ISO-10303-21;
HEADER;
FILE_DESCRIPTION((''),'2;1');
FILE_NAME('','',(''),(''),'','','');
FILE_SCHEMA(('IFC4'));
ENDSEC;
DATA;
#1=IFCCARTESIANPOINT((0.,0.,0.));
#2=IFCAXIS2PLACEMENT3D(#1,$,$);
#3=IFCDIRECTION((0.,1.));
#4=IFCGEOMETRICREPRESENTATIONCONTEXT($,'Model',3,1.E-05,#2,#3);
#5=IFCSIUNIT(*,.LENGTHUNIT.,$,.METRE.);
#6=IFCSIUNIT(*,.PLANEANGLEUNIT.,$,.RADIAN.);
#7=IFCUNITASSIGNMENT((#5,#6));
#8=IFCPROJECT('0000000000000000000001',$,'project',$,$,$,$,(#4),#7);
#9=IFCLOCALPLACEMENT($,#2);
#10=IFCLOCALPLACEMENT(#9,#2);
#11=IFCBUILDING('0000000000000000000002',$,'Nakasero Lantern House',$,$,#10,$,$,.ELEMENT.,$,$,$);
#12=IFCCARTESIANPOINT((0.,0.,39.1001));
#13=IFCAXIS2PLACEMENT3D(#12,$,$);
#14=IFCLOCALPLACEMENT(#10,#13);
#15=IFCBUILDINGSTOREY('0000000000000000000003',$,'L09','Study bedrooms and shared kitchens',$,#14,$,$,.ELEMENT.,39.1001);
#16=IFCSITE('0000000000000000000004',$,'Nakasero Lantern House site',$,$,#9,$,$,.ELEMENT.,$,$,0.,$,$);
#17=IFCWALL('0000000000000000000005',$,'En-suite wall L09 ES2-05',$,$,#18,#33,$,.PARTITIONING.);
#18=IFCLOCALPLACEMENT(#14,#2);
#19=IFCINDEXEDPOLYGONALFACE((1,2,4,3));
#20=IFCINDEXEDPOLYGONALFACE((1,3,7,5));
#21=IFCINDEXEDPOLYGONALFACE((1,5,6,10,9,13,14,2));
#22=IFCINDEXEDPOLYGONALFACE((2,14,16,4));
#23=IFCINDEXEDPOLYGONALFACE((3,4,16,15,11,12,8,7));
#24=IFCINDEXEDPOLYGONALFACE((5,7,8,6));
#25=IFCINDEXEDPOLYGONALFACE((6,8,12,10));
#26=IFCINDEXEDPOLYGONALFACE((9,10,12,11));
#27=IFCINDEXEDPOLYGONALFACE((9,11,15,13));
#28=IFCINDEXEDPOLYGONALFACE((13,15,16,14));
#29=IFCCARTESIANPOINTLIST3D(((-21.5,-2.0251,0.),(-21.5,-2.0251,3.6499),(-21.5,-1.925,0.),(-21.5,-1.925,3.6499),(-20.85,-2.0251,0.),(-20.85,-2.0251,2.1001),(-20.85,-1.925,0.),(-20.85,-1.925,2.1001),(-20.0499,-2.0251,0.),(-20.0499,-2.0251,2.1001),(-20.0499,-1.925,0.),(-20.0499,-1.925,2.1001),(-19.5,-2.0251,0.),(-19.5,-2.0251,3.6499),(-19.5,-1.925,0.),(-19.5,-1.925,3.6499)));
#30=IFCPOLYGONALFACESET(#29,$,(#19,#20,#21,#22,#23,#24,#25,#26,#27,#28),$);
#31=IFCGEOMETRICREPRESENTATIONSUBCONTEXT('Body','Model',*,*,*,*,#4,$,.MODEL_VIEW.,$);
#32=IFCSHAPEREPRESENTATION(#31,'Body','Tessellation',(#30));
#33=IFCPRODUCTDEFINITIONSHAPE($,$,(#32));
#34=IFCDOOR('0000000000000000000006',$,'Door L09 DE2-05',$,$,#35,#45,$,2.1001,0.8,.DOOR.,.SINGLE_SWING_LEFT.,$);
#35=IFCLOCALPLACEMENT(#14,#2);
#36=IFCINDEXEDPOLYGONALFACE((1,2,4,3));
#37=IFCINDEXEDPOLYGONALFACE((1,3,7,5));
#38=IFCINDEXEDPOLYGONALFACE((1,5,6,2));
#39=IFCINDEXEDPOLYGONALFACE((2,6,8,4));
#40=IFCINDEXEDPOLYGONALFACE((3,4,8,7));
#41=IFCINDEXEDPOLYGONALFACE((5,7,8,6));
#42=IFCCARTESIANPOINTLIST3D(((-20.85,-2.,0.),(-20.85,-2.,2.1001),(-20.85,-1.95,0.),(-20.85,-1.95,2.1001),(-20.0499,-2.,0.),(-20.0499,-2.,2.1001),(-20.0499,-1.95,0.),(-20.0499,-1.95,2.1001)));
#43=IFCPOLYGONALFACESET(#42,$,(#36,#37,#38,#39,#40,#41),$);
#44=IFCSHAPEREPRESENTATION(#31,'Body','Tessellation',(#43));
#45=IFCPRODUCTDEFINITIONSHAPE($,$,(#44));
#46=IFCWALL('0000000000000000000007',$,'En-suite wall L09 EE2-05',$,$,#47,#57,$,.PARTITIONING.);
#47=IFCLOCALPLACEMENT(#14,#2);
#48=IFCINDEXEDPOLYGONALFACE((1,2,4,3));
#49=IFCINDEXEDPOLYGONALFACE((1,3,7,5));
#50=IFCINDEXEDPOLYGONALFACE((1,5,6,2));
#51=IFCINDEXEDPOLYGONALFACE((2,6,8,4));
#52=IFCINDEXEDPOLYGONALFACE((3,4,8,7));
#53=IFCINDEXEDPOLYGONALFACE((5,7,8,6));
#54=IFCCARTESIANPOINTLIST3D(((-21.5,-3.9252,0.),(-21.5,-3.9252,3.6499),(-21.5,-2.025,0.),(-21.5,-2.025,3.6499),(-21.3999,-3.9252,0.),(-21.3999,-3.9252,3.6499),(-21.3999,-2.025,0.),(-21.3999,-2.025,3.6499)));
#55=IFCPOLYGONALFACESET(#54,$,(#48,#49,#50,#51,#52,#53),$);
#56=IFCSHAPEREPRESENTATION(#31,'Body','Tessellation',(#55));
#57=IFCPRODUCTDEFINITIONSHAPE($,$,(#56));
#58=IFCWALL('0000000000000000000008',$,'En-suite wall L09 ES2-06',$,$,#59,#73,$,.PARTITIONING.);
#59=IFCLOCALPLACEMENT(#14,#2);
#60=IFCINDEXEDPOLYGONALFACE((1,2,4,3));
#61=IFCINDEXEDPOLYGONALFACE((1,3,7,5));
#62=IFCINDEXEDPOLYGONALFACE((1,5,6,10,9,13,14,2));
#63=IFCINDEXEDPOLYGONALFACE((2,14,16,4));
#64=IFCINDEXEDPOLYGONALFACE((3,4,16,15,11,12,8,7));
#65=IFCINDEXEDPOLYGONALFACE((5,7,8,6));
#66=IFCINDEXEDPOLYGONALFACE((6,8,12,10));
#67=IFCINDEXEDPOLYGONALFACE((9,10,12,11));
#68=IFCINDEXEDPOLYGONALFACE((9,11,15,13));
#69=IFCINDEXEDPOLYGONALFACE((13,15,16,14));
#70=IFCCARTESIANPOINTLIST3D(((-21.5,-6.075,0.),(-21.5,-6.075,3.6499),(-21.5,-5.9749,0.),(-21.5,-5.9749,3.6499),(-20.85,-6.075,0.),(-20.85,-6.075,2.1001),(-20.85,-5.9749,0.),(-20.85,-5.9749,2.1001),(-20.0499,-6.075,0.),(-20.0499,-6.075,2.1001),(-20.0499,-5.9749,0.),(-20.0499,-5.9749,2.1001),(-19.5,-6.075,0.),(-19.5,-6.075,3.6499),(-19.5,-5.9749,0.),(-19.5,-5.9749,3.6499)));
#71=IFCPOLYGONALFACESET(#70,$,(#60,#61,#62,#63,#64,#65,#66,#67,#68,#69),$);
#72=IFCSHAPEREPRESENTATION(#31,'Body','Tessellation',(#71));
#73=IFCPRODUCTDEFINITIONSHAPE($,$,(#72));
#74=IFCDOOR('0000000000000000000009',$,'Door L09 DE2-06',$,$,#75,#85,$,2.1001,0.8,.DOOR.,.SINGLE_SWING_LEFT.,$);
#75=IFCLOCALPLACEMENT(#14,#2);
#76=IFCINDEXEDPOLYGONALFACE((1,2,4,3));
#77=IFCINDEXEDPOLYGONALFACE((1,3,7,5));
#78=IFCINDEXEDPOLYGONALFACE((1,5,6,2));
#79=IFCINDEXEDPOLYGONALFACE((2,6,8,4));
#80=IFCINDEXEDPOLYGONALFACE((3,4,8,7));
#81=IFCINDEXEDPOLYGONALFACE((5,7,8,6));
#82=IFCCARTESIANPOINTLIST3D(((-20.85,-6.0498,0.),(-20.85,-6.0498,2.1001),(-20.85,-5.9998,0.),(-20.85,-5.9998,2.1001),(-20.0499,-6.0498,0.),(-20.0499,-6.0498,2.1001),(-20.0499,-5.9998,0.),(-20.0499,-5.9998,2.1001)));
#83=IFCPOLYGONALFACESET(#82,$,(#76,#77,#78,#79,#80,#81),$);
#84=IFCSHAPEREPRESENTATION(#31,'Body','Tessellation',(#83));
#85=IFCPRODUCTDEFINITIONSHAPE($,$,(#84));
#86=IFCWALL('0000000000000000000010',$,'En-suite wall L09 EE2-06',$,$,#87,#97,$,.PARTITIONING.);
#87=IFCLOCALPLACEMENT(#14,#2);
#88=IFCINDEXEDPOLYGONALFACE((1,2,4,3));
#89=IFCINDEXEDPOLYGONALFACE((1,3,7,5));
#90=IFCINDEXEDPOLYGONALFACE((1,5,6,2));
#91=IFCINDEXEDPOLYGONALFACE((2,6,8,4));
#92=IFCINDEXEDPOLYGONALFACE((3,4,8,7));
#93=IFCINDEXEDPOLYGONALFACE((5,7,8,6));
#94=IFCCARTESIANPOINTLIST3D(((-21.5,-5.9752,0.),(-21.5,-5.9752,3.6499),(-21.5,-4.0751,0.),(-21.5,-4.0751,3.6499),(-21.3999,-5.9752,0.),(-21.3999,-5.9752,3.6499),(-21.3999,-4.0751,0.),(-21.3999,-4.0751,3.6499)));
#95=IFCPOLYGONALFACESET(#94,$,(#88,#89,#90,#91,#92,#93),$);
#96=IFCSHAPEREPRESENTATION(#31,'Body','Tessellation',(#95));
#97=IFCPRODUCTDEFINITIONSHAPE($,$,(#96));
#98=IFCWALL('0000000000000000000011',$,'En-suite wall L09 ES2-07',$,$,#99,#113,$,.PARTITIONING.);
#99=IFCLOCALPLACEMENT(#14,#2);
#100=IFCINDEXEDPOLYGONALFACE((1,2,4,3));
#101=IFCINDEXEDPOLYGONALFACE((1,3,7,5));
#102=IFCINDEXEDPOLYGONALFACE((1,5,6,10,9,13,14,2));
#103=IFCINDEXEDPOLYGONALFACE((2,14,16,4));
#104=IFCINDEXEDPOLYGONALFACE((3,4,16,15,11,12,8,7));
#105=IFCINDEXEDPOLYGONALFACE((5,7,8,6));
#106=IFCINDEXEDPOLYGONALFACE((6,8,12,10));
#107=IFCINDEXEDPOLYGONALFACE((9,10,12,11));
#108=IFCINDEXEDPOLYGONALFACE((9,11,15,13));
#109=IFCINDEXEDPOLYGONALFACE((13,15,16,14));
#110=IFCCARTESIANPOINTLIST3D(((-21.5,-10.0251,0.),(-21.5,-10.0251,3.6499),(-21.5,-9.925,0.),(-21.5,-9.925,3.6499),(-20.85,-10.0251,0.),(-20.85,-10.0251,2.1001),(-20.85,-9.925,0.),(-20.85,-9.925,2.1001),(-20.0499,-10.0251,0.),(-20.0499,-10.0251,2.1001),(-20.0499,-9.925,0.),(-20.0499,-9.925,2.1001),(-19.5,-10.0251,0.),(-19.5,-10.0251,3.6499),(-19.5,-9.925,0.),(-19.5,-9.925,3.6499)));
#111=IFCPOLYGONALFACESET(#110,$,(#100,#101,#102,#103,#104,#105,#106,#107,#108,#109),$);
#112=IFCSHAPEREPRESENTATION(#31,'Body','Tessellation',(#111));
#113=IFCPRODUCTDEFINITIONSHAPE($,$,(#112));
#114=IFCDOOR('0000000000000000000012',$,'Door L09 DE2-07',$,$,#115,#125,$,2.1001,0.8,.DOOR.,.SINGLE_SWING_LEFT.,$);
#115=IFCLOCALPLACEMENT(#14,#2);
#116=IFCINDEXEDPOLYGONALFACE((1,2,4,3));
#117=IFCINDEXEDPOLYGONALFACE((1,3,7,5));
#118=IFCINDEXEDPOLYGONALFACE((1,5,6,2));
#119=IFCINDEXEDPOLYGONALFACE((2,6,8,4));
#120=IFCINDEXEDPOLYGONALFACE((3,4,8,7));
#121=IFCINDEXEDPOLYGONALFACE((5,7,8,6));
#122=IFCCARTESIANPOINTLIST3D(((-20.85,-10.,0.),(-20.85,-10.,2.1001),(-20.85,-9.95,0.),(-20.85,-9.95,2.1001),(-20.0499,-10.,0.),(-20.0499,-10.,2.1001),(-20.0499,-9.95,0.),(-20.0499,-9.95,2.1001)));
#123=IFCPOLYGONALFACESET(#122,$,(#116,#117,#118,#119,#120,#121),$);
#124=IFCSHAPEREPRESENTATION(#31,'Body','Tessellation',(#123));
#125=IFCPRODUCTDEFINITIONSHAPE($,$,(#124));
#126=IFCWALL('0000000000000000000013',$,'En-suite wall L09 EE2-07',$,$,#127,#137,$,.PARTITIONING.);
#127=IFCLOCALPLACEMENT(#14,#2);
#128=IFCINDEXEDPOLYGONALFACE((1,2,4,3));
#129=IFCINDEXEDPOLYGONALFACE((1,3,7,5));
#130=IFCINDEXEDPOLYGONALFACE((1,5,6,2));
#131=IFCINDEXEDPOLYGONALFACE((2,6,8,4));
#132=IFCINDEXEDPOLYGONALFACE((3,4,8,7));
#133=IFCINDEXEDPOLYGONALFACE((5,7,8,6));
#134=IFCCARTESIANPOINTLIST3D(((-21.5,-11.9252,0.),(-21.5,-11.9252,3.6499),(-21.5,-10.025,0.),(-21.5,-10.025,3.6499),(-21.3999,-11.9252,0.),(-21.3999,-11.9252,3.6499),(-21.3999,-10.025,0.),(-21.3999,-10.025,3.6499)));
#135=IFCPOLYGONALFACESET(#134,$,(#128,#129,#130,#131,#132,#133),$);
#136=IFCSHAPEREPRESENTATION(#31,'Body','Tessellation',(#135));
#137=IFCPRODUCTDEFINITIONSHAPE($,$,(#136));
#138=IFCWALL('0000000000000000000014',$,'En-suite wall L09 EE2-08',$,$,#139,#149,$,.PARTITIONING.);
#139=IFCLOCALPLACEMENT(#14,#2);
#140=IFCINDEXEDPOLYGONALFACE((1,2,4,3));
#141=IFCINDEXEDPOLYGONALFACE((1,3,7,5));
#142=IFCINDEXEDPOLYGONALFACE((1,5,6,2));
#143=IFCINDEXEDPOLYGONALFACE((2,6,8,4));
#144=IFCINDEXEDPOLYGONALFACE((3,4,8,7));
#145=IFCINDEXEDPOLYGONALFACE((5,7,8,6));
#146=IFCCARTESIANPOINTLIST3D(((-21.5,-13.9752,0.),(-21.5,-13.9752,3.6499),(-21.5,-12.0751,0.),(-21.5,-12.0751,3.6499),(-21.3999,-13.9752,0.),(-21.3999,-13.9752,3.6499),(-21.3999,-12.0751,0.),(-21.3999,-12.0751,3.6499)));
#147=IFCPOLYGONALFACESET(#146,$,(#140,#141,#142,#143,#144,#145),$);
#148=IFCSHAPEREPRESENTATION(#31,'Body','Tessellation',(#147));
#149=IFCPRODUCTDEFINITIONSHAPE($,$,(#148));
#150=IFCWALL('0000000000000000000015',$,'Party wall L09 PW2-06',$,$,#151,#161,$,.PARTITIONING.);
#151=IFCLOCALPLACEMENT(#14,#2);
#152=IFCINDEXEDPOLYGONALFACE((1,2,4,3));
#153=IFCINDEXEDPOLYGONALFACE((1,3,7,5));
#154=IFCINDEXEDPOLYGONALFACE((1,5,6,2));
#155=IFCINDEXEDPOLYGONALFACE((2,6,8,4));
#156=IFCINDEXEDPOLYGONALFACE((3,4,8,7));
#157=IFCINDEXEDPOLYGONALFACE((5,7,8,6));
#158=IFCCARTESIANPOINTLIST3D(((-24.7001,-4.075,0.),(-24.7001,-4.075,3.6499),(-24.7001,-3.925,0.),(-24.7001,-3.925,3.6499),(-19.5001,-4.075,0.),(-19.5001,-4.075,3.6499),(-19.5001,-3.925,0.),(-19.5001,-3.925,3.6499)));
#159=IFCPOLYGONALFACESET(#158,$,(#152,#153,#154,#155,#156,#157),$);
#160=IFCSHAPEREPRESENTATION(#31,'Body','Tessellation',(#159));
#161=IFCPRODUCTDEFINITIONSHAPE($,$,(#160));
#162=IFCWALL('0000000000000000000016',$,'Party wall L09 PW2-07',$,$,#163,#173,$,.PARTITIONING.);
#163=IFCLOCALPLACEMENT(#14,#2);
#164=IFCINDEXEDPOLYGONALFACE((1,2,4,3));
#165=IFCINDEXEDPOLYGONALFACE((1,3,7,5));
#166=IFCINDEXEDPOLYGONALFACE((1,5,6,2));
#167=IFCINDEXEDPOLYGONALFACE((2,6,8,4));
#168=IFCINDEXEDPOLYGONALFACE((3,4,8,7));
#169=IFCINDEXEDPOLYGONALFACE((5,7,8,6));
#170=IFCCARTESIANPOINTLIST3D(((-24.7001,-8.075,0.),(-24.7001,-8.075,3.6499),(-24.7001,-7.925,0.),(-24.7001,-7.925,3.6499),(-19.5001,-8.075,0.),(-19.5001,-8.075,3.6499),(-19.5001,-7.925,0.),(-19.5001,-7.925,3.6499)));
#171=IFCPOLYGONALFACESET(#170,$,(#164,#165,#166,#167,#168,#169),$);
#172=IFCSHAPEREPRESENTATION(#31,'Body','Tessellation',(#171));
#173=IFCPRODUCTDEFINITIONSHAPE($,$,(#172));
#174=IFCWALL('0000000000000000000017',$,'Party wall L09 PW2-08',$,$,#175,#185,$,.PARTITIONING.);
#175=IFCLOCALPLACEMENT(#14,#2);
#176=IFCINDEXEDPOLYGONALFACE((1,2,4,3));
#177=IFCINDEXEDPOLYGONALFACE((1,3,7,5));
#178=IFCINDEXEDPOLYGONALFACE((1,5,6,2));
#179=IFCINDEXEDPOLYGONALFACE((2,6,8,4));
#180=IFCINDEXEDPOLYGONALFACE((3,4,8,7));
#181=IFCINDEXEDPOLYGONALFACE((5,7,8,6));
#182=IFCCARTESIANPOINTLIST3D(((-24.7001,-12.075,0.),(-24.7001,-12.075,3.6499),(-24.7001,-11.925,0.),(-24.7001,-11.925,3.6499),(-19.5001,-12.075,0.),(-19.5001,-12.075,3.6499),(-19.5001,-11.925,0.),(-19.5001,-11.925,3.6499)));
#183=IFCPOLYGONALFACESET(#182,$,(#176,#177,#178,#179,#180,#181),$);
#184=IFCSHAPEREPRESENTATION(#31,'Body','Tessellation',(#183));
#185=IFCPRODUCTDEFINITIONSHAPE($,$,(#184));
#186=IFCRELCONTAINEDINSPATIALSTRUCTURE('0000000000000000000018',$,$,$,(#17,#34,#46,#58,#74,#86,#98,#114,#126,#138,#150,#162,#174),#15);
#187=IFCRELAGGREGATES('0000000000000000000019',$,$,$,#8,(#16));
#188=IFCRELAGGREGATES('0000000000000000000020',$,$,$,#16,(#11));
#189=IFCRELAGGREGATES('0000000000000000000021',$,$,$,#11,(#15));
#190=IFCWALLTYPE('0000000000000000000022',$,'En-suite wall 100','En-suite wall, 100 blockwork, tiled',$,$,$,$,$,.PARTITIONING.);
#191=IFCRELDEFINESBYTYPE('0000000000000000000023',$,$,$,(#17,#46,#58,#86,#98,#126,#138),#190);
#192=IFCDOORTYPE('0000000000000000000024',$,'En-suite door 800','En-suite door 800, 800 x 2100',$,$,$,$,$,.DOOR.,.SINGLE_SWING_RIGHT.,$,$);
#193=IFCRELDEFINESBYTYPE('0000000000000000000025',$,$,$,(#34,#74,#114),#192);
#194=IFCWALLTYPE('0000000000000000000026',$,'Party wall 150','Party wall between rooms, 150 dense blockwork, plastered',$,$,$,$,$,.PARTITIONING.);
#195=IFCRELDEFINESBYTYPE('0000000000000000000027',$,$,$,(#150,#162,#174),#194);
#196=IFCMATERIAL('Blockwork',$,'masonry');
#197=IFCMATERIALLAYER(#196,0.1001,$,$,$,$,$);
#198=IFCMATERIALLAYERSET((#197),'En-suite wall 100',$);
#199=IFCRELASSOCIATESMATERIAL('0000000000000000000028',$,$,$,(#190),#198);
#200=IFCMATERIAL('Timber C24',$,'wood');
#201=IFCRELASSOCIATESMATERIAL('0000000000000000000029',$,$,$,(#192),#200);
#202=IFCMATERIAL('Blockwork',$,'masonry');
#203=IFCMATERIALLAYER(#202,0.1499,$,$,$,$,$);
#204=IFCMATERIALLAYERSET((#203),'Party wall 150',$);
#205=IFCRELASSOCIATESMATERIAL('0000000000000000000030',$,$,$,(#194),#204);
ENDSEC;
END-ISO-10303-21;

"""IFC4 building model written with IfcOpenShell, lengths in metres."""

from ifc_helpers import new_model, si_unit, direction, frame, frame_2d, origin, place, context, subcontext, project, spatial, rectangle, extrude, material, layer, layer_set, type_object, element, fill, save


model = new_model("IFC4")

# Units and contexts
model_context = context("Model", 3, precision=1e-05, world=origin(), true_north=direction((0.0, 1.0)))
body_context = subcontext(model_context, "Body", "Model", "MODEL_VIEW")
ifc_project = project(units=[si_unit("LENGTHUNIT", "METRE"), si_unit("PLANEANGLEUNIT", "RADIAN")], contexts=[model_context])

# Site, building, storey
site_placement = place(None, origin())
site = spatial("IfcSite", under=ifc_project, at=site_placement, Name="Nakasero Lantern House site", CompositionType="ELEMENT", RefElevation=0.0)
building_placement = place(site_placement, origin())
building = spatial("IfcBuilding", under=site, at=building_placement, Name="Nakasero Lantern House", CompositionType="ELEMENT")
storey_placement = place(building_placement, frame((0.0, 0.0, 39.1001)))
storey = spatial("IfcBuildingStorey", under=building, at=storey_placement, Name="L09", Description="Study bedrooms and shared kitchens", CompositionType="ELEMENT", Elevation=39.1001)

# Wall, opening, door
ifc_material_1 = material(Name="Blockwork", Category="masonry")
ifc_layer_1 = layer(ifc_material_1, 0.1001)
ifc_layer_set_1 = layer_set([ifc_layer_1], Name="En-suite wall 100")
wall_type_1 = type_object("IfcWallType", Name="En-suite wall 100", Description="En-suite wall, 100 blockwork, tiled", PredefinedType="PARTITIONING", material=ifc_layer_set_1)
wall_1_placement = place(storey_placement, frame((-19.5, -1.9751, 0.0), z_axis=(0.0, 0.0, 1.0), x_axis=(-1.0, 0.0, 0.0)))
wall_1 = element("IfcWall", 1, at=wall_1_placement, inside=storey, type_object=wall_type_1, Name="En-suite wall L09 ES2-05", PredefinedType="PARTITIONING", context=body_context, shape_type="SweptSolid", body=[
    extrude(rectangle(XDim=2.0, YDim=0.1001, at=frame_2d((1.0, 0.0))), origin(), (0.0, 0.0, 1.0), 3.6499),
])
opening_1_placement = place(wall_1_placement, frame((0.55, 0.0, 0.0)))
opening_1 = element("IfcOpeningElement", 2, at=opening_1_placement, cuts=wall_1, PredefinedType="OPENING", context=body_context, shape_type="SweptSolid", body=[
    extrude(rectangle(XDim=0.8, YDim=2.1001, at=frame_2d((0.3999, 1.05))), frame((0.0, 0.0701, 0.0), z_axis=(0.0, -1.0, 0.0), x_axis=(1.0, 0.0, 0.0)), (0.0, 0.0, 1.0), 0.1401),
])
ifc_material_2 = material(Name="Timber C24", Category="wood")
door_type = type_object("IfcDoorType", Name="En-suite door 800", Description="En-suite door 800, 800 x 2100", OperationType="SINGLE_SWING_RIGHT", PredefinedType="DOOR", material=ifc_material_2)
door_1_placement = place(opening_1_placement, origin())
door_1 = element("IfcDoor", 3, at=door_1_placement, inside=storey, type_object=door_type, Name="Door L09 DE2-05", OperationType="SINGLE_SWING_LEFT", OverallHeight=2.1001, OverallWidth=0.8, PredefinedType="DOOR", context=body_context, shape_type="SweptSolid", body=[
    extrude(rectangle(XDim=0.8, YDim=2.1001, at=frame_2d((0.3999, 1.05))), frame((0.0, 0.0249, 0.0), z_axis=(0.0, -1.0, 0.0), x_axis=(1.0, 0.0, 0.0)), (0.0, 0.0, 1.0), 0.05),
])
fill(opening_1, door_1)

# Wall
wall_2_placement = place(storey_placement, frame((-21.45, -2.0249, 0.0), z_axis=(0.0, 0.0, 1.0), x_axis=(0.0, -1.0, 0.0)))
element("IfcWall", 4, at=wall_2_placement, inside=storey, type_object=wall_type_1, Name="En-suite wall L09 EE2-05", PredefinedType="PARTITIONING", context=body_context, shape_type="SweptSolid", body=[
    extrude(rectangle(XDim=1.9001, YDim=0.1001, at=frame_2d((0.9502, 0.0))), origin(), (0.0, 0.0, 1.0), 3.6499),
])

# Wall, opening, door
wall_3_placement = place(storey_placement, frame((-19.5, -6.0249, 0.0), z_axis=(0.0, 0.0, 1.0), x_axis=(-1.0, 0.0, 0.0)))
wall_3 = element("IfcWall", 5, at=wall_3_placement, inside=storey, type_object=wall_type_1, Name="En-suite wall L09 ES2-06", PredefinedType="PARTITIONING", context=body_context, shape_type="SweptSolid", body=[
    extrude(rectangle(XDim=2.0, YDim=0.1001, at=frame_2d((1.0, 0.0))), origin(), (0.0, 0.0, 1.0), 3.6499),
])
opening_2_placement = place(wall_3_placement, frame((0.55, 0.0, 0.0)))
opening_2 = element("IfcOpeningElement", 6, at=opening_2_placement, cuts=wall_3, PredefinedType="OPENING", context=body_context, shape_type="SweptSolid", body=[
    extrude(rectangle(XDim=0.8, YDim=2.1001, at=frame_2d((0.3999, 1.05))), frame((0.0, 0.0701, 0.0), z_axis=(0.0, -1.0, 0.0), x_axis=(1.0, 0.0, 0.0)), (0.0, 0.0, 1.0), 0.1401),
])
door_2_placement = place(opening_2_placement, origin())
door_2 = element("IfcDoor", 7, at=door_2_placement, inside=storey, type_object=door_type, Name="Door L09 DE2-06", OperationType="SINGLE_SWING_LEFT", OverallHeight=2.1001, OverallWidth=0.8, PredefinedType="DOOR", context=body_context, shape_type="SweptSolid", body=[
    extrude(rectangle(XDim=0.8, YDim=2.1001, at=frame_2d((0.3999, 1.05))), frame((0.0, 0.0249, 0.0), z_axis=(0.0, -1.0, 0.0), x_axis=(1.0, 0.0, 0.0)), (0.0, 0.0, 1.0), 0.05),
])
fill(opening_2, door_2)

# Wall
wall_4_placement = place(storey_placement, frame((-21.45, -4.075, 0.0), z_axis=(0.0, 0.0, 1.0), x_axis=(0.0, -1.0, 0.0)))
element("IfcWall", 8, at=wall_4_placement, inside=storey, type_object=wall_type_1, Name="En-suite wall L09 EE2-06", PredefinedType="PARTITIONING", context=body_context, shape_type="SweptSolid", body=[
    extrude(rectangle(XDim=1.9001, YDim=0.1001, at=frame_2d((0.9502, 0.0))), origin(), (0.0, 0.0, 1.0), 3.6499),
])

# Wall, opening, door
wall_5_placement = place(storey_placement, frame((-19.5, -9.9751, 0.0), z_axis=(0.0, 0.0, 1.0), x_axis=(-1.0, 0.0, 0.0)))
wall_5 = element("IfcWall", 9, at=wall_5_placement, inside=storey, type_object=wall_type_1, Name="En-suite wall L09 ES2-07", PredefinedType="PARTITIONING", context=body_context, shape_type="SweptSolid", body=[
    extrude(rectangle(XDim=2.0, YDim=0.1001, at=frame_2d((1.0, 0.0))), origin(), (0.0, 0.0, 1.0), 3.6499),
])
opening_3_placement = place(wall_5_placement, frame((0.55, 0.0, 0.0)))
opening_3 = element("IfcOpeningElement", 10, at=opening_3_placement, cuts=wall_5, PredefinedType="OPENING", context=body_context, shape_type="SweptSolid", body=[
    extrude(rectangle(XDim=0.8, YDim=2.1001, at=frame_2d((0.3999, 1.05))), frame((0.0, 0.0701, 0.0), z_axis=(0.0, -1.0, 0.0), x_axis=(1.0, 0.0, 0.0)), (0.0, 0.0, 1.0), 0.1401),
])
door_3_placement = place(opening_3_placement, origin())
door_3 = element("IfcDoor", 11, at=door_3_placement, inside=storey, type_object=door_type, Name="Door L09 DE2-07", OperationType="SINGLE_SWING_LEFT", OverallHeight=2.1001, OverallWidth=0.8, PredefinedType="DOOR", context=body_context, shape_type="SweptSolid", body=[
    extrude(rectangle(XDim=0.8, YDim=2.1001, at=frame_2d((0.3999, 1.05))), frame((0.0, 0.0249, 0.0), z_axis=(0.0, -1.0, 0.0), x_axis=(1.0, 0.0, 0.0)), (0.0, 0.0, 1.0), 0.05),
])
fill(opening_3, door_3)

# Walls
for number, where, z_axis, x_axis, name in (
    (12, (-21.45, -10.0249, 0.0), (0.0, 0.0, 1.0), (0.0, -1.0, 0.0), "En-suite wall L09 EE2-07"),
    (13, (-21.45, -12.075, 0.0), (0.0, 0.0, 1.0), (0.0, -1.0, 0.0), "En-suite wall L09 EE2-08"),
):
    element("IfcWall", number, at=place(storey_placement, frame(where, z_axis=z_axis, x_axis=x_axis)), inside=storey, type_object=wall_type_1, Name=name, PredefinedType="PARTITIONING", context=body_context, shape_type="SweptSolid", body=[
        extrude(rectangle(XDim=1.9001, YDim=0.1001, at=frame_2d((0.9502, 0.0))), origin(), (0.0, 0.0, 1.0), 3.6499),
    ])
ifc_material_3 = material(Name="Blockwork", Category="masonry")
ifc_layer_2 = layer(ifc_material_3, 0.1499)
ifc_layer_set_2 = layer_set([ifc_layer_2], Name="Party wall 150")
wall_type_2 = type_object("IfcWallType", Name="Party wall 150", Description="Party wall between rooms, 150 dense blockwork, plastered", PredefinedType="PARTITIONING", material=ifc_layer_set_2)
for number, where, z_axis, x_axis, name in (
    (14, (-19.5, -4.0, 0.0), (0.0, 0.0, 1.0), (-1.0, 0.0, 0.0), "Party wall L09 PW2-06"),
    (15, (-19.5, -8.0, 0.0), (0.0, 0.0, 1.0), (-1.0, 0.0, 0.0), "Party wall L09 PW2-07"),
    (16, (-19.5, -12.0, 0.0), (0.0, 0.0, 1.0), (-1.0, 0.0, 0.0), "Party wall L09 PW2-08"),
):
    element("IfcWall", number, at=place(storey_placement, frame(where, z_axis=z_axis, x_axis=x_axis)), inside=storey, type_object=wall_type_2, Name=name, PredefinedType="PARTITIONING", context=body_context, shape_type="SweptSolid", body=[
        extrude(rectangle(XDim=5.2, YDim=0.1499, at=frame_2d((2.6001, 0.0))), origin(), (0.0, 0.0, 1.0), 3.6499),
    ])

save(model, "model.ifc")
